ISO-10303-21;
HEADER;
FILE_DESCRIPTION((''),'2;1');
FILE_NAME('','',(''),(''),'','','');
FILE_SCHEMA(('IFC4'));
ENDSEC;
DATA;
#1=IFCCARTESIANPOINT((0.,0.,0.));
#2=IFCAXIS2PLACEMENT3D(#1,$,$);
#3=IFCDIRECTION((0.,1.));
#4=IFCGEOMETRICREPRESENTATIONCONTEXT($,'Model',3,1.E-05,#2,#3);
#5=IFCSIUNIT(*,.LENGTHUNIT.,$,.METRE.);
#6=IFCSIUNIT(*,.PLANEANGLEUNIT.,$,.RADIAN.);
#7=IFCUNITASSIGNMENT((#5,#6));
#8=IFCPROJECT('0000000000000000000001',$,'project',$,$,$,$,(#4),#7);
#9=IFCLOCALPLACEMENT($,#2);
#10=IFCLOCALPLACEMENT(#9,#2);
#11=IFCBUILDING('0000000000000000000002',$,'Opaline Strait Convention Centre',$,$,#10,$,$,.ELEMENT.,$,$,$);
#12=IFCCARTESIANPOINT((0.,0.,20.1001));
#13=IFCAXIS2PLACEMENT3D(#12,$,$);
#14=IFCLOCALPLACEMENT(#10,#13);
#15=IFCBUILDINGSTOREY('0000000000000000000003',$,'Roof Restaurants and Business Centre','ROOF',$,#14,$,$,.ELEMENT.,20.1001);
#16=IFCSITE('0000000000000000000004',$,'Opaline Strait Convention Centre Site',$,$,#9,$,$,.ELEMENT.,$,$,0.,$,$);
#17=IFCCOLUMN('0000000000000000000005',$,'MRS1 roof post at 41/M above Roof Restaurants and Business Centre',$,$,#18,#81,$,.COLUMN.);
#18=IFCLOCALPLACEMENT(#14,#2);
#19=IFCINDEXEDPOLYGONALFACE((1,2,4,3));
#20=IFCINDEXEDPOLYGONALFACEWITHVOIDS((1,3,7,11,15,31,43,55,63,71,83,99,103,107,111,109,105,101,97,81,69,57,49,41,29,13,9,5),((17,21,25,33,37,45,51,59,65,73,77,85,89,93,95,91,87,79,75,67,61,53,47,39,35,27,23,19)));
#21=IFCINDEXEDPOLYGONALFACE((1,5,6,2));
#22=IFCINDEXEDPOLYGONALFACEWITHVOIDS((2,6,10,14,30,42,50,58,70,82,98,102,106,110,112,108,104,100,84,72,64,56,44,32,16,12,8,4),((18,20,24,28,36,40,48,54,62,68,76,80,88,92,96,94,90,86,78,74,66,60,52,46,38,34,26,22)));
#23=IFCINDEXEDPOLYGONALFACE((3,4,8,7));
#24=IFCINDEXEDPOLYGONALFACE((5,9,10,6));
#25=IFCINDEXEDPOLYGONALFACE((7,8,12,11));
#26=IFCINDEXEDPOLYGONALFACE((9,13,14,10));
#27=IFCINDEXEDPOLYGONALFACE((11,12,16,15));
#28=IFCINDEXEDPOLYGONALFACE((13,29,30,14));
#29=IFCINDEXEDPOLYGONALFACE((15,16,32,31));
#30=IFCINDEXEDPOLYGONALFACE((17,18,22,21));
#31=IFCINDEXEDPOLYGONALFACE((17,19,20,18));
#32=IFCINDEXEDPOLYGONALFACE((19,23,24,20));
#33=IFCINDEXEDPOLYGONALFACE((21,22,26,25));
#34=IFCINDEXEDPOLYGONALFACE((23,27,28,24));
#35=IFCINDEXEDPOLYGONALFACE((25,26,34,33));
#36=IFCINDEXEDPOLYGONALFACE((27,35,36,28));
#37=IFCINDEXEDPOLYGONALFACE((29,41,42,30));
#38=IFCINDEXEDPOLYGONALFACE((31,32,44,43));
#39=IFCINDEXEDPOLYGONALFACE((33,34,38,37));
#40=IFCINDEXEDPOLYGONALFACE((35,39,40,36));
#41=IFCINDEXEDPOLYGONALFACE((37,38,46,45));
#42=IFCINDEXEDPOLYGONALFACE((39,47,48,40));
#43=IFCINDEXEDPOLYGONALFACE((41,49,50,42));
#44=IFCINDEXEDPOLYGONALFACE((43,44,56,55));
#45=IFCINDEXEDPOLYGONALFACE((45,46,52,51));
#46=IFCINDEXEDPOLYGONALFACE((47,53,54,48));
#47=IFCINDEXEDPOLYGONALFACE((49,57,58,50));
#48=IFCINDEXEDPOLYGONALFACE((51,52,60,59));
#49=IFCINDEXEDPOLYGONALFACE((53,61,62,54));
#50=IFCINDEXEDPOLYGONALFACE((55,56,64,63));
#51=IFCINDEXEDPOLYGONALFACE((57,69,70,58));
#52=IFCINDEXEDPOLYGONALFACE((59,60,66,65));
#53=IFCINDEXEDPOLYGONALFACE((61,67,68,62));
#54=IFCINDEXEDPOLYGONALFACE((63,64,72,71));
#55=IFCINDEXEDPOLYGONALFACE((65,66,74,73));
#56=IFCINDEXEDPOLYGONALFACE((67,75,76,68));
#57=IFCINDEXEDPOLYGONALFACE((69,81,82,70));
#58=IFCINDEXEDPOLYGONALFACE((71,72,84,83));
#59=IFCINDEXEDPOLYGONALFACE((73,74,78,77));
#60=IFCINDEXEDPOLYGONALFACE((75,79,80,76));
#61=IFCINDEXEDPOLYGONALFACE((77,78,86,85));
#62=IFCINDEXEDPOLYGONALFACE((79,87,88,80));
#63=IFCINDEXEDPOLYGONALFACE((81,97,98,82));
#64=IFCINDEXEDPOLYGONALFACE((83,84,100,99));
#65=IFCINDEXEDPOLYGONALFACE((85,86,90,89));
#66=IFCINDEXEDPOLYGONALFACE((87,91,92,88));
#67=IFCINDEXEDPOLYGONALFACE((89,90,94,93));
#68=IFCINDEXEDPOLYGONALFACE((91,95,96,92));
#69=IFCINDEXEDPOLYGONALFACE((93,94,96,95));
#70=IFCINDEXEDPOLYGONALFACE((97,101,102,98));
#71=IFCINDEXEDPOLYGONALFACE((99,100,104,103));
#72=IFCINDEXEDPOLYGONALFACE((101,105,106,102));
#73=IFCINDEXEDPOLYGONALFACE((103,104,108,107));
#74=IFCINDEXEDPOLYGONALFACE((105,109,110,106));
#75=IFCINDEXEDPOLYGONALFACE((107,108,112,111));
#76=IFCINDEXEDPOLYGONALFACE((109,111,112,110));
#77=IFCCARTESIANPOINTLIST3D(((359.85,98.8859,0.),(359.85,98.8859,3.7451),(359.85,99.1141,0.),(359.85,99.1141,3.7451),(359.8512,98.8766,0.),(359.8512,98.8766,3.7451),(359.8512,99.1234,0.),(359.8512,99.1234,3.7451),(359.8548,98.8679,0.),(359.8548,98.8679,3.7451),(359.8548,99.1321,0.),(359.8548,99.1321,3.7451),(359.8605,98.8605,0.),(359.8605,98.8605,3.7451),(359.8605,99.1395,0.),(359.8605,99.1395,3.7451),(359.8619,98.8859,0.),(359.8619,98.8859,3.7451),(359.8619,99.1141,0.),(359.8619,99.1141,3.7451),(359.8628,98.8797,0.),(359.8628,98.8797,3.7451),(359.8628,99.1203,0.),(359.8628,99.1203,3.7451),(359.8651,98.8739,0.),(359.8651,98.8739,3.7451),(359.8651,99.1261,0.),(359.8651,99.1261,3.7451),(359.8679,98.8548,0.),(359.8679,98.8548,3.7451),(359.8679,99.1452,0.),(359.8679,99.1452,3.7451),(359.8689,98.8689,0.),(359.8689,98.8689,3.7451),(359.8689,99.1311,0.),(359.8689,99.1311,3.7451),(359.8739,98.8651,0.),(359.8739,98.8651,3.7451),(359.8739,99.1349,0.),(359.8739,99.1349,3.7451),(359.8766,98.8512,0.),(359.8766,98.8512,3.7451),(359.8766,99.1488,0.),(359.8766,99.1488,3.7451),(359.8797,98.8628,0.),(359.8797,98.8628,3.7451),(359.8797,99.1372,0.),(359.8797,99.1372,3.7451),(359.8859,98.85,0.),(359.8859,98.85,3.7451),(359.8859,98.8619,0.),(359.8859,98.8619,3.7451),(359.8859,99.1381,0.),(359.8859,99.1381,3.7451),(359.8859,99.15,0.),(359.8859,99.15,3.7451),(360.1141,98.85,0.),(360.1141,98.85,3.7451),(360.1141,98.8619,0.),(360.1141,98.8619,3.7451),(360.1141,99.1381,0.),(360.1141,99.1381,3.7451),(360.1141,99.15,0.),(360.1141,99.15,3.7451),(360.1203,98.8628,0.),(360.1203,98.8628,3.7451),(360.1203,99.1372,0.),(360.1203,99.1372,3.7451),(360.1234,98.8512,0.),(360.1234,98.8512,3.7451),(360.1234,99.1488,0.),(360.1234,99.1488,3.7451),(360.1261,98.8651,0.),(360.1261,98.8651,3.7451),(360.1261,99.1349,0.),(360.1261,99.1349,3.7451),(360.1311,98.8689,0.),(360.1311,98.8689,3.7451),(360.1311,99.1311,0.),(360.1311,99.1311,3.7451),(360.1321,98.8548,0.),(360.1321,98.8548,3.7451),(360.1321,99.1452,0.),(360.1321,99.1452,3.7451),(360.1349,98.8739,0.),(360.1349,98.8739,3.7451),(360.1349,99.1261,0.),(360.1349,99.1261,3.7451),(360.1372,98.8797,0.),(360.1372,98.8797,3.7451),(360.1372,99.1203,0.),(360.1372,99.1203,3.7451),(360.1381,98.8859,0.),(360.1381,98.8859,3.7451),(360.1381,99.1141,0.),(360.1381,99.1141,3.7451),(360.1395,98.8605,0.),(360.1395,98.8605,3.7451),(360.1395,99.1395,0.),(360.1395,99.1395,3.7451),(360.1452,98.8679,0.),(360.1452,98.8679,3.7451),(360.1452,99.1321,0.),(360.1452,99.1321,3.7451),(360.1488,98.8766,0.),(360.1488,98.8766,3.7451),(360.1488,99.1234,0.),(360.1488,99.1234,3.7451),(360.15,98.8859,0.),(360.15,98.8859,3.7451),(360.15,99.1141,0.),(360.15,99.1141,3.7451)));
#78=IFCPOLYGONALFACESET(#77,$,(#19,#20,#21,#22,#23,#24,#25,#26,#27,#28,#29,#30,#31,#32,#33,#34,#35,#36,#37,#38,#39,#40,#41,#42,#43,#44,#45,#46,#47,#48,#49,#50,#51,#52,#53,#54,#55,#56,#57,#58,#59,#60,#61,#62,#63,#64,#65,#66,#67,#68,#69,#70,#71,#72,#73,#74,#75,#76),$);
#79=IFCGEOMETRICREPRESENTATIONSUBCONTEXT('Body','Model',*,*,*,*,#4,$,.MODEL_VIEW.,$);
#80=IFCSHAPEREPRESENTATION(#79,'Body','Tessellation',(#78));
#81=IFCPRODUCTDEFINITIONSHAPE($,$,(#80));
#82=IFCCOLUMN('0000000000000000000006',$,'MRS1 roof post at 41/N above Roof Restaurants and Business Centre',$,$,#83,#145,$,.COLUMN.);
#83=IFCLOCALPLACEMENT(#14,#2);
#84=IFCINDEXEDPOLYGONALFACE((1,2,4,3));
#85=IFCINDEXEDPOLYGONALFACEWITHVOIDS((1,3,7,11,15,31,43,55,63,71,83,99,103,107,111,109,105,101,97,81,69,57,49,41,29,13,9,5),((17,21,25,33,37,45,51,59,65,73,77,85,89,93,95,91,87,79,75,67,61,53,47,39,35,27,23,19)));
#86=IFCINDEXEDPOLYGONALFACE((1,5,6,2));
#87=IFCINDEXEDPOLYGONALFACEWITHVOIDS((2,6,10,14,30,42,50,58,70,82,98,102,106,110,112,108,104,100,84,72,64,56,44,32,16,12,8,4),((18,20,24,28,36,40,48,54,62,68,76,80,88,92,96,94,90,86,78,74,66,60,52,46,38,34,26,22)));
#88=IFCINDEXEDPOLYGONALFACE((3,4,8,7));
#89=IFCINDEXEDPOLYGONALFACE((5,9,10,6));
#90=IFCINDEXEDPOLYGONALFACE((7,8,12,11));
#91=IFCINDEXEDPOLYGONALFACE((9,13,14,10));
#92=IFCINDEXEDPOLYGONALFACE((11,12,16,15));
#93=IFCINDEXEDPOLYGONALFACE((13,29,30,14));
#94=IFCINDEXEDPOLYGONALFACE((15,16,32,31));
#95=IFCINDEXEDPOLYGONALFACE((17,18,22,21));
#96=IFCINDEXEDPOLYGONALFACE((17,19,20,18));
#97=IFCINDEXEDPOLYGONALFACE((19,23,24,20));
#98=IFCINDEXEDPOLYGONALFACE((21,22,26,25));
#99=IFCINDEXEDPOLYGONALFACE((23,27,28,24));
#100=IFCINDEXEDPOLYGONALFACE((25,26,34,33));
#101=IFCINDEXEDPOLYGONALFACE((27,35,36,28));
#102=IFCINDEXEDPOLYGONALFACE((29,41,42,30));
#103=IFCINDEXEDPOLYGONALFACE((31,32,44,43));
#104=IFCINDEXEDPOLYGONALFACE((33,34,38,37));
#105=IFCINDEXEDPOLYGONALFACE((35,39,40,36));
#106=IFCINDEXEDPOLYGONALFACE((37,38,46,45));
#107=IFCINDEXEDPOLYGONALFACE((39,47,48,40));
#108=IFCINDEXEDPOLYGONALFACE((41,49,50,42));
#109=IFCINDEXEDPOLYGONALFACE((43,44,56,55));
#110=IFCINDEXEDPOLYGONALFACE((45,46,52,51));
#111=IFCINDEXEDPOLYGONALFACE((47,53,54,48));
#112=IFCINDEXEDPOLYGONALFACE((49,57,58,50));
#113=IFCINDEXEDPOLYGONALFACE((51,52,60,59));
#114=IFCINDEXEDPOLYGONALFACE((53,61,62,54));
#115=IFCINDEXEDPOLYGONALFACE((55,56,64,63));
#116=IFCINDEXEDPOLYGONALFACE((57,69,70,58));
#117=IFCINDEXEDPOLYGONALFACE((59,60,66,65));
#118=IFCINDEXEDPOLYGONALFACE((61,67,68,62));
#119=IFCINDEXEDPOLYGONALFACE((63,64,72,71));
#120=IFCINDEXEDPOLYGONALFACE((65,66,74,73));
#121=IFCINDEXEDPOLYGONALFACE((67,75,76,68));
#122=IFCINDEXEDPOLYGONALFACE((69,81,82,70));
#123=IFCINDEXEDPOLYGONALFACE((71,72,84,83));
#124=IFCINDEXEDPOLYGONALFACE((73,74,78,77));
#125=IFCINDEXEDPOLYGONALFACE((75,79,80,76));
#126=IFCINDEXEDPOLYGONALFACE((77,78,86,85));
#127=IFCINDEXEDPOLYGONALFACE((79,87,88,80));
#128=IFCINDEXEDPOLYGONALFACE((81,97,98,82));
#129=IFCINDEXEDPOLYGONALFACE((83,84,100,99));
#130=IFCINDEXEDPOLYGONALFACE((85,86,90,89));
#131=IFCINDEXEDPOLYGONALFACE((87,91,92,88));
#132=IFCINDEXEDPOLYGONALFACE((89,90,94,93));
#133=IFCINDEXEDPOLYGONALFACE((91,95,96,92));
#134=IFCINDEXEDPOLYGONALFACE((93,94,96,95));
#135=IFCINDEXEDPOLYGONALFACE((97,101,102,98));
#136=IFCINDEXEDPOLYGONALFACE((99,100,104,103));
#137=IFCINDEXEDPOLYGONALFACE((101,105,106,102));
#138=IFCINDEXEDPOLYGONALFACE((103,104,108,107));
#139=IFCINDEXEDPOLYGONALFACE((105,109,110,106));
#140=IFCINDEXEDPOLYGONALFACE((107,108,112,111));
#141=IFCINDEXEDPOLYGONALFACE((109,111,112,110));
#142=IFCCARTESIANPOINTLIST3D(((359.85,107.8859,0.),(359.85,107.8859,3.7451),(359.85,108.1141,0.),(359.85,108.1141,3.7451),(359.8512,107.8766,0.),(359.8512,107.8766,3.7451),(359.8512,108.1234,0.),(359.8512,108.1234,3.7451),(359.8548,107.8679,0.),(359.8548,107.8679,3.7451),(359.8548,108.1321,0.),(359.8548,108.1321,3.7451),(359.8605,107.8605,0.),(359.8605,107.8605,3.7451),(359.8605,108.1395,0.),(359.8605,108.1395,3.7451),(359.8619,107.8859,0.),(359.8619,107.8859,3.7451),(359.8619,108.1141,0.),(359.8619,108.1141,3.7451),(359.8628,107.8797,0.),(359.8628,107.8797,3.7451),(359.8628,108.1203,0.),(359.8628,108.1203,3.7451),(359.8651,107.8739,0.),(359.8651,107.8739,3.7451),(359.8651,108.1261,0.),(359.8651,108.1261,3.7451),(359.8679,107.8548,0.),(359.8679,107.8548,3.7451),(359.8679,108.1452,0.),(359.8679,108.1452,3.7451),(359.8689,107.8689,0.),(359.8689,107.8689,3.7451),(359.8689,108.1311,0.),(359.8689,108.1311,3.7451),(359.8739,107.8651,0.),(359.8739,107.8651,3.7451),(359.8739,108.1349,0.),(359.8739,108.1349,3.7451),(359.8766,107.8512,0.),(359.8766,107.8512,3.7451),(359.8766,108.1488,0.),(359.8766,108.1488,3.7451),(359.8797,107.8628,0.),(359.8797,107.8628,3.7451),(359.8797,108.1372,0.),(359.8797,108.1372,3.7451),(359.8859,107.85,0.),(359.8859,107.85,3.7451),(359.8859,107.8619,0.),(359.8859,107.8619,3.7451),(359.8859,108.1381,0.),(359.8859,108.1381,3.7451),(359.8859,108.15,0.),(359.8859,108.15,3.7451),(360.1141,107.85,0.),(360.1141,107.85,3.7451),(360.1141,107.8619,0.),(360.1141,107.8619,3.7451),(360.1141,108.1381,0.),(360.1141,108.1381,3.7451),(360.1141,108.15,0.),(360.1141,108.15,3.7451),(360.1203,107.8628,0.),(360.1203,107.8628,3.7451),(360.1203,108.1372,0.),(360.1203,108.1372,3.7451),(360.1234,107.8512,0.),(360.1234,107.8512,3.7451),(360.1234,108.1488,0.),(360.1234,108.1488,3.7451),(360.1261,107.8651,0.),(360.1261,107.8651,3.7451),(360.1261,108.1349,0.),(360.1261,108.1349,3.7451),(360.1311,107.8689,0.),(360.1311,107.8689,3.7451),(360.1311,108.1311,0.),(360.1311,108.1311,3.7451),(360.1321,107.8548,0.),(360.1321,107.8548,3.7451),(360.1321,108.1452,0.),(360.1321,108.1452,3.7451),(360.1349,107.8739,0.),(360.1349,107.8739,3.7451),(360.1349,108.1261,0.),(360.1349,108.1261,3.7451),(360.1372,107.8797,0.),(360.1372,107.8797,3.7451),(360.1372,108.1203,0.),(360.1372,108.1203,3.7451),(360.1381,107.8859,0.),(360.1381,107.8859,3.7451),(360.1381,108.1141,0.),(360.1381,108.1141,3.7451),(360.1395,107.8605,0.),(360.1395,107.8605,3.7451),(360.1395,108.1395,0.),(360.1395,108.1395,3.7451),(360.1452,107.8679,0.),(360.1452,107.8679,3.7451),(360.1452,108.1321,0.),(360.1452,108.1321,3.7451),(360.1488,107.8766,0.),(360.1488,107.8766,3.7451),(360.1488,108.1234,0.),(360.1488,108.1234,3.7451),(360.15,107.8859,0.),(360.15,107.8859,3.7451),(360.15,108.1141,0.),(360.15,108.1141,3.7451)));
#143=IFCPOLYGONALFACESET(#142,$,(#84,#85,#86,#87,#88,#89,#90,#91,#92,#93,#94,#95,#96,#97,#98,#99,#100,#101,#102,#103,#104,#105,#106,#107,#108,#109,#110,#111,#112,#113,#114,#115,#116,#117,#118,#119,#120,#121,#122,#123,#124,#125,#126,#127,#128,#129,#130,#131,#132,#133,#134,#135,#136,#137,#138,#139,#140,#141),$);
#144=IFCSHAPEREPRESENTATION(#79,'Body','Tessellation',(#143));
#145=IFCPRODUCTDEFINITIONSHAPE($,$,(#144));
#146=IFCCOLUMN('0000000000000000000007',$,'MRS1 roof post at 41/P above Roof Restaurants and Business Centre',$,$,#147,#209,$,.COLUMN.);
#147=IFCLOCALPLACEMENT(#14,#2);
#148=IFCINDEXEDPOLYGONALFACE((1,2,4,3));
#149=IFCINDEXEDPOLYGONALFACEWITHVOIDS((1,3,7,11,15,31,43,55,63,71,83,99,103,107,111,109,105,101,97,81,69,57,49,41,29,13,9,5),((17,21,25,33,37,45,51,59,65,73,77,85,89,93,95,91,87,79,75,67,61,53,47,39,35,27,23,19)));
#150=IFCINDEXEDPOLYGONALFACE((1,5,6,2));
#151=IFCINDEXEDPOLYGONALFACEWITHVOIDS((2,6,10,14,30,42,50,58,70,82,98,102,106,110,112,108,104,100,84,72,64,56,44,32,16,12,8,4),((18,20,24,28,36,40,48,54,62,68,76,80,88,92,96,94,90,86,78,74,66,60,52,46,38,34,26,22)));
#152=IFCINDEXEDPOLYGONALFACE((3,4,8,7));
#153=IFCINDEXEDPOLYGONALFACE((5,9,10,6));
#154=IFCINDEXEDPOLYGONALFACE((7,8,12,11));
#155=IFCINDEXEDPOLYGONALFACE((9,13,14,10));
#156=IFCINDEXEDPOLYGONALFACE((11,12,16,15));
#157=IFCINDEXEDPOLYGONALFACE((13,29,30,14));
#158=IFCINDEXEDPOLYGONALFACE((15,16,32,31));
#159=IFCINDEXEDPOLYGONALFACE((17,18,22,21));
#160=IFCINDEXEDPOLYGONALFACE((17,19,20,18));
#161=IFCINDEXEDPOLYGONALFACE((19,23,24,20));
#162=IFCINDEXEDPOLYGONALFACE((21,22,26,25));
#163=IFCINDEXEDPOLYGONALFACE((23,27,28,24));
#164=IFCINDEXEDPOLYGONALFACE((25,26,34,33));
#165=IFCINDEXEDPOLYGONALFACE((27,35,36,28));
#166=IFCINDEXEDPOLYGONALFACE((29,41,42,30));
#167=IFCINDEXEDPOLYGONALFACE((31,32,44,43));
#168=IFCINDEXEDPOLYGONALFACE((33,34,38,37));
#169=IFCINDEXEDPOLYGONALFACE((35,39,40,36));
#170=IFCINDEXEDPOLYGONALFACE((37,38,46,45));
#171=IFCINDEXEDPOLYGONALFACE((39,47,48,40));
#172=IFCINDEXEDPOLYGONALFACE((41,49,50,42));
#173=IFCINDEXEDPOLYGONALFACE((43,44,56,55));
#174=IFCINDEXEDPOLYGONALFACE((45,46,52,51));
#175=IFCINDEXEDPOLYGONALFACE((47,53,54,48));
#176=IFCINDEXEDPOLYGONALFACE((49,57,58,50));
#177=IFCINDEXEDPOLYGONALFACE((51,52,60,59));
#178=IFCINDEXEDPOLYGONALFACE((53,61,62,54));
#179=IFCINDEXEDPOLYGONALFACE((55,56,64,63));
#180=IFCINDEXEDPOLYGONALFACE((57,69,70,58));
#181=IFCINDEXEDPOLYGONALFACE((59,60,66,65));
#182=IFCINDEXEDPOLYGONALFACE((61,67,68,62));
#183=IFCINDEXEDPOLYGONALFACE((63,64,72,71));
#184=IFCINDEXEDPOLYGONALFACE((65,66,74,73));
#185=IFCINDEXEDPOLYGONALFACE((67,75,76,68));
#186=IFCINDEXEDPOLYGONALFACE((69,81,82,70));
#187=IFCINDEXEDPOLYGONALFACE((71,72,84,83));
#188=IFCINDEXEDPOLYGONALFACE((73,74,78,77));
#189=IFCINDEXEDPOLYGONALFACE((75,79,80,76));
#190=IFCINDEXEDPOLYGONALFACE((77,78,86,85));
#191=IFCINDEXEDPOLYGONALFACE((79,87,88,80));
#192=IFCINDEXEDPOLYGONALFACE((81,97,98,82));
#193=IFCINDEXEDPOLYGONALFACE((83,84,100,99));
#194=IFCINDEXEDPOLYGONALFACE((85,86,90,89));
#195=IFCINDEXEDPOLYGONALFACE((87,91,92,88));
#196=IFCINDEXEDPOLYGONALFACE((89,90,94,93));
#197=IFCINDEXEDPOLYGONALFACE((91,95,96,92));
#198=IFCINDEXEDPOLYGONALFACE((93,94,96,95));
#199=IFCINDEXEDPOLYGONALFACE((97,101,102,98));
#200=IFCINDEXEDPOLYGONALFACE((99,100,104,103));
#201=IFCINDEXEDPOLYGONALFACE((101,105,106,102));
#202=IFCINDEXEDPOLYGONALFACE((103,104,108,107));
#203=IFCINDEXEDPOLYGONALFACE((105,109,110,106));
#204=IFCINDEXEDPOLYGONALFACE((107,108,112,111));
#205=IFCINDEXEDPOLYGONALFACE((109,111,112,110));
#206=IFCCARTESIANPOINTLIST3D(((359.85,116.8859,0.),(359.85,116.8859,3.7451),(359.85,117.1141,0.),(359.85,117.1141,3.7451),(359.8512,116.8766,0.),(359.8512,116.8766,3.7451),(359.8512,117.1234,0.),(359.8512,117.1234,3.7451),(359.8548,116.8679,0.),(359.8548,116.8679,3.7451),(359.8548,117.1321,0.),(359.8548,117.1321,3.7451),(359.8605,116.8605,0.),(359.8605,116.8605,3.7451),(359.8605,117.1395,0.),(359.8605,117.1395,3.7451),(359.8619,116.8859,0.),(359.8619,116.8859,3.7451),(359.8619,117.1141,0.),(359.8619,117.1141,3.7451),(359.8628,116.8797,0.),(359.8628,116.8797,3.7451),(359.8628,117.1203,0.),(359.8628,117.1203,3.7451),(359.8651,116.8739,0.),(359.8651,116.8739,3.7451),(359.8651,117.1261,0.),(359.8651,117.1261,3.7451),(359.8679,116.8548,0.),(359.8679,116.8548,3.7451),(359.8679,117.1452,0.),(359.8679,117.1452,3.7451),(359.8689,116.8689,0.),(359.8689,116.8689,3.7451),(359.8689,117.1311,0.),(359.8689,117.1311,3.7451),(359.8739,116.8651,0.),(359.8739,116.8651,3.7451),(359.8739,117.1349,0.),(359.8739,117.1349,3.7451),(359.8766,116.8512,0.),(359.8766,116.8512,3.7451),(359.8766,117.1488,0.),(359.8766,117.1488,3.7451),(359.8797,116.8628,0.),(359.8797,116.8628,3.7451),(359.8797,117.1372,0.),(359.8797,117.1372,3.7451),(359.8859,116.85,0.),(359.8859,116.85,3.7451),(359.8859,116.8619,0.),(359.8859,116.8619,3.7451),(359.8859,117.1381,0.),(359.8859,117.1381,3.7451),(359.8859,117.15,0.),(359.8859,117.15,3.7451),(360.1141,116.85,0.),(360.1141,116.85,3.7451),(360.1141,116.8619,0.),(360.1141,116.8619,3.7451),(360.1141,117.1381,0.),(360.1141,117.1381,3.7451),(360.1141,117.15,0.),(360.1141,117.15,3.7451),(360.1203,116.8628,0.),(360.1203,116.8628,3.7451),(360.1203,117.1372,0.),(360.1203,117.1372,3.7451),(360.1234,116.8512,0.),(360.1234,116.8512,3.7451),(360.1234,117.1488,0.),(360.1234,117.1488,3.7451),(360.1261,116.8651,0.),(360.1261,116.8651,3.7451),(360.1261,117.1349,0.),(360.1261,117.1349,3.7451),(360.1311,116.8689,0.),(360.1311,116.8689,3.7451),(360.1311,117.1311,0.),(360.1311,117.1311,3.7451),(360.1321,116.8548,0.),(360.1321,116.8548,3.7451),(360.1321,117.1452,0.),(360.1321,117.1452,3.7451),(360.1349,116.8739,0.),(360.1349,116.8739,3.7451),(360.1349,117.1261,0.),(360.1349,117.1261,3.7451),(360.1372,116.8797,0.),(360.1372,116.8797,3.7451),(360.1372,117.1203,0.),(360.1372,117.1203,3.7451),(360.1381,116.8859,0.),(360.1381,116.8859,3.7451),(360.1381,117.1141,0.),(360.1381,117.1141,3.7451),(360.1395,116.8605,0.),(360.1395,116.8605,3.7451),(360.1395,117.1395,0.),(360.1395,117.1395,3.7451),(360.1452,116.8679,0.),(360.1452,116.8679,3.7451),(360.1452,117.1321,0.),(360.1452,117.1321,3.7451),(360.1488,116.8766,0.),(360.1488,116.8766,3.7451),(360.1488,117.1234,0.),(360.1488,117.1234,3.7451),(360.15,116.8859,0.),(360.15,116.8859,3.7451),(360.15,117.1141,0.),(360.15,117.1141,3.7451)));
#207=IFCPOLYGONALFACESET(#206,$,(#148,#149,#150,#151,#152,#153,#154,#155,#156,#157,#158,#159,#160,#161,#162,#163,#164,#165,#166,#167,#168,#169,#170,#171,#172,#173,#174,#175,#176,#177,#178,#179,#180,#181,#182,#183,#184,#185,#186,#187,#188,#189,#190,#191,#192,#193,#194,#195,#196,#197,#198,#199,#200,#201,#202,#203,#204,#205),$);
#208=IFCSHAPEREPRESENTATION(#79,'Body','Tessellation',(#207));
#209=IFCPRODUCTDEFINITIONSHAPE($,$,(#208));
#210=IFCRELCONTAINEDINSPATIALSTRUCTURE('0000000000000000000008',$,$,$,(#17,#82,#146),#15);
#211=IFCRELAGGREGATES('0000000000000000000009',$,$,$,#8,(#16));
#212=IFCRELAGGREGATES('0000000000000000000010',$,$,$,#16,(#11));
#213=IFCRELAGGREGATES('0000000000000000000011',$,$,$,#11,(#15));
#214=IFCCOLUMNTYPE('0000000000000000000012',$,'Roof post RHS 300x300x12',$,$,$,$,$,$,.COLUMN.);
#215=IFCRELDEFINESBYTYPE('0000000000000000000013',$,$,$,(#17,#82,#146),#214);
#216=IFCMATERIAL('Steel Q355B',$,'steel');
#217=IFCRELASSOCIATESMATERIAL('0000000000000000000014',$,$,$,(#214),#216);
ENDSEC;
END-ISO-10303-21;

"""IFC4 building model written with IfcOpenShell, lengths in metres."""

from ifc_helpers import new_model, si_unit, direction, frame, origin, origin_2d, place, context, subcontext, project, spatial, hollow_rectangle, extrude, material, material_profile, profile_set, type_object, element, save


model = new_model("IFC4")

# Units and contexts
model_context = context("Model", 3, precision=1e-05, world=origin(), true_north=direction((0.0, 1.0)))
body_context = subcontext(model_context, "Body", "Model", "MODEL_VIEW")
ifc_project = project(units=[si_unit("LENGTHUNIT", "METRE"), si_unit("PLANEANGLEUNIT", "RADIAN")], contexts=[model_context])

# Site, building, storey
site_placement = place(None, origin())
site = spatial("IfcSite", under=ifc_project, at=site_placement, Name="Opaline Strait Convention Centre Site", CompositionType="ELEMENT", RefElevation=0.0)
building_placement = place(site_placement, origin())
building = spatial("IfcBuilding", under=site, at=building_placement, Name="Opaline Strait Convention Centre", CompositionType="ELEMENT")
storey_placement = place(building_placement, frame((0.0, 0.0, 20.1001)))
storey = spatial("IfcBuildingStorey", under=building, at=storey_placement, Name="Roof Restaurants and Business Centre", Description="ROOF", CompositionType="ELEMENT", Elevation=20.1001)

# Columns
ifc_material = material(Name="Steel Q355B", Category="steel")
ifc_material_profile = material_profile(ifc_material, hollow_rectangle(XDim=0.3, YDim=0.3, WallThickness=0.012, InnerFilletRadius=0.0239, OuterFilletRadius=0.0359, at=origin_2d()), Name="RHS 300x300x12")
ifc_profile_set = profile_set([ifc_material_profile], Name="Steel Q355B")
column_type = type_object("IfcColumnType", Name="Roof post RHS 300x300x12", PredefinedType="COLUMN", material=ifc_profile_set)
for number, where, z_axis, x_axis, name in (
    (1, (360.0, 99.0, 0.0), (0.0, 0.0, 1.0), (1.0, 0.0, 0.0), "MRS1 roof post at 41/M above Roof Restaurants and Business Centre"),
    (2, (360.0, 108.0, 0.0), (0.0, 0.0, 1.0), (1.0, 0.0, 0.0), "MRS1 roof post at 41/N above Roof Restaurants and Business Centre"),
    (3, (360.0, 117.0, 0.0), (0.0, 0.0, 1.0), (1.0, 0.0, 0.0), "MRS1 roof post at 41/P above Roof Restaurants and Business Centre"),
):
    element("IfcColumn", number, at=place(storey_placement, frame(where, z_axis=z_axis, x_axis=x_axis)), inside=storey, type_object=column_type, Name=name, PredefinedType="COLUMN", context=body_context, shape_type="SweptSolid", body=[
        extrude(hollow_rectangle(XDim=0.3, YDim=0.3, WallThickness=0.012, InnerFilletRadius=0.0239, OuterFilletRadius=0.0359, at=origin_2d()), origin(), (0.0, 0.0, 1.0), 3.7451),
    ])

save(model, "model.ifc")
